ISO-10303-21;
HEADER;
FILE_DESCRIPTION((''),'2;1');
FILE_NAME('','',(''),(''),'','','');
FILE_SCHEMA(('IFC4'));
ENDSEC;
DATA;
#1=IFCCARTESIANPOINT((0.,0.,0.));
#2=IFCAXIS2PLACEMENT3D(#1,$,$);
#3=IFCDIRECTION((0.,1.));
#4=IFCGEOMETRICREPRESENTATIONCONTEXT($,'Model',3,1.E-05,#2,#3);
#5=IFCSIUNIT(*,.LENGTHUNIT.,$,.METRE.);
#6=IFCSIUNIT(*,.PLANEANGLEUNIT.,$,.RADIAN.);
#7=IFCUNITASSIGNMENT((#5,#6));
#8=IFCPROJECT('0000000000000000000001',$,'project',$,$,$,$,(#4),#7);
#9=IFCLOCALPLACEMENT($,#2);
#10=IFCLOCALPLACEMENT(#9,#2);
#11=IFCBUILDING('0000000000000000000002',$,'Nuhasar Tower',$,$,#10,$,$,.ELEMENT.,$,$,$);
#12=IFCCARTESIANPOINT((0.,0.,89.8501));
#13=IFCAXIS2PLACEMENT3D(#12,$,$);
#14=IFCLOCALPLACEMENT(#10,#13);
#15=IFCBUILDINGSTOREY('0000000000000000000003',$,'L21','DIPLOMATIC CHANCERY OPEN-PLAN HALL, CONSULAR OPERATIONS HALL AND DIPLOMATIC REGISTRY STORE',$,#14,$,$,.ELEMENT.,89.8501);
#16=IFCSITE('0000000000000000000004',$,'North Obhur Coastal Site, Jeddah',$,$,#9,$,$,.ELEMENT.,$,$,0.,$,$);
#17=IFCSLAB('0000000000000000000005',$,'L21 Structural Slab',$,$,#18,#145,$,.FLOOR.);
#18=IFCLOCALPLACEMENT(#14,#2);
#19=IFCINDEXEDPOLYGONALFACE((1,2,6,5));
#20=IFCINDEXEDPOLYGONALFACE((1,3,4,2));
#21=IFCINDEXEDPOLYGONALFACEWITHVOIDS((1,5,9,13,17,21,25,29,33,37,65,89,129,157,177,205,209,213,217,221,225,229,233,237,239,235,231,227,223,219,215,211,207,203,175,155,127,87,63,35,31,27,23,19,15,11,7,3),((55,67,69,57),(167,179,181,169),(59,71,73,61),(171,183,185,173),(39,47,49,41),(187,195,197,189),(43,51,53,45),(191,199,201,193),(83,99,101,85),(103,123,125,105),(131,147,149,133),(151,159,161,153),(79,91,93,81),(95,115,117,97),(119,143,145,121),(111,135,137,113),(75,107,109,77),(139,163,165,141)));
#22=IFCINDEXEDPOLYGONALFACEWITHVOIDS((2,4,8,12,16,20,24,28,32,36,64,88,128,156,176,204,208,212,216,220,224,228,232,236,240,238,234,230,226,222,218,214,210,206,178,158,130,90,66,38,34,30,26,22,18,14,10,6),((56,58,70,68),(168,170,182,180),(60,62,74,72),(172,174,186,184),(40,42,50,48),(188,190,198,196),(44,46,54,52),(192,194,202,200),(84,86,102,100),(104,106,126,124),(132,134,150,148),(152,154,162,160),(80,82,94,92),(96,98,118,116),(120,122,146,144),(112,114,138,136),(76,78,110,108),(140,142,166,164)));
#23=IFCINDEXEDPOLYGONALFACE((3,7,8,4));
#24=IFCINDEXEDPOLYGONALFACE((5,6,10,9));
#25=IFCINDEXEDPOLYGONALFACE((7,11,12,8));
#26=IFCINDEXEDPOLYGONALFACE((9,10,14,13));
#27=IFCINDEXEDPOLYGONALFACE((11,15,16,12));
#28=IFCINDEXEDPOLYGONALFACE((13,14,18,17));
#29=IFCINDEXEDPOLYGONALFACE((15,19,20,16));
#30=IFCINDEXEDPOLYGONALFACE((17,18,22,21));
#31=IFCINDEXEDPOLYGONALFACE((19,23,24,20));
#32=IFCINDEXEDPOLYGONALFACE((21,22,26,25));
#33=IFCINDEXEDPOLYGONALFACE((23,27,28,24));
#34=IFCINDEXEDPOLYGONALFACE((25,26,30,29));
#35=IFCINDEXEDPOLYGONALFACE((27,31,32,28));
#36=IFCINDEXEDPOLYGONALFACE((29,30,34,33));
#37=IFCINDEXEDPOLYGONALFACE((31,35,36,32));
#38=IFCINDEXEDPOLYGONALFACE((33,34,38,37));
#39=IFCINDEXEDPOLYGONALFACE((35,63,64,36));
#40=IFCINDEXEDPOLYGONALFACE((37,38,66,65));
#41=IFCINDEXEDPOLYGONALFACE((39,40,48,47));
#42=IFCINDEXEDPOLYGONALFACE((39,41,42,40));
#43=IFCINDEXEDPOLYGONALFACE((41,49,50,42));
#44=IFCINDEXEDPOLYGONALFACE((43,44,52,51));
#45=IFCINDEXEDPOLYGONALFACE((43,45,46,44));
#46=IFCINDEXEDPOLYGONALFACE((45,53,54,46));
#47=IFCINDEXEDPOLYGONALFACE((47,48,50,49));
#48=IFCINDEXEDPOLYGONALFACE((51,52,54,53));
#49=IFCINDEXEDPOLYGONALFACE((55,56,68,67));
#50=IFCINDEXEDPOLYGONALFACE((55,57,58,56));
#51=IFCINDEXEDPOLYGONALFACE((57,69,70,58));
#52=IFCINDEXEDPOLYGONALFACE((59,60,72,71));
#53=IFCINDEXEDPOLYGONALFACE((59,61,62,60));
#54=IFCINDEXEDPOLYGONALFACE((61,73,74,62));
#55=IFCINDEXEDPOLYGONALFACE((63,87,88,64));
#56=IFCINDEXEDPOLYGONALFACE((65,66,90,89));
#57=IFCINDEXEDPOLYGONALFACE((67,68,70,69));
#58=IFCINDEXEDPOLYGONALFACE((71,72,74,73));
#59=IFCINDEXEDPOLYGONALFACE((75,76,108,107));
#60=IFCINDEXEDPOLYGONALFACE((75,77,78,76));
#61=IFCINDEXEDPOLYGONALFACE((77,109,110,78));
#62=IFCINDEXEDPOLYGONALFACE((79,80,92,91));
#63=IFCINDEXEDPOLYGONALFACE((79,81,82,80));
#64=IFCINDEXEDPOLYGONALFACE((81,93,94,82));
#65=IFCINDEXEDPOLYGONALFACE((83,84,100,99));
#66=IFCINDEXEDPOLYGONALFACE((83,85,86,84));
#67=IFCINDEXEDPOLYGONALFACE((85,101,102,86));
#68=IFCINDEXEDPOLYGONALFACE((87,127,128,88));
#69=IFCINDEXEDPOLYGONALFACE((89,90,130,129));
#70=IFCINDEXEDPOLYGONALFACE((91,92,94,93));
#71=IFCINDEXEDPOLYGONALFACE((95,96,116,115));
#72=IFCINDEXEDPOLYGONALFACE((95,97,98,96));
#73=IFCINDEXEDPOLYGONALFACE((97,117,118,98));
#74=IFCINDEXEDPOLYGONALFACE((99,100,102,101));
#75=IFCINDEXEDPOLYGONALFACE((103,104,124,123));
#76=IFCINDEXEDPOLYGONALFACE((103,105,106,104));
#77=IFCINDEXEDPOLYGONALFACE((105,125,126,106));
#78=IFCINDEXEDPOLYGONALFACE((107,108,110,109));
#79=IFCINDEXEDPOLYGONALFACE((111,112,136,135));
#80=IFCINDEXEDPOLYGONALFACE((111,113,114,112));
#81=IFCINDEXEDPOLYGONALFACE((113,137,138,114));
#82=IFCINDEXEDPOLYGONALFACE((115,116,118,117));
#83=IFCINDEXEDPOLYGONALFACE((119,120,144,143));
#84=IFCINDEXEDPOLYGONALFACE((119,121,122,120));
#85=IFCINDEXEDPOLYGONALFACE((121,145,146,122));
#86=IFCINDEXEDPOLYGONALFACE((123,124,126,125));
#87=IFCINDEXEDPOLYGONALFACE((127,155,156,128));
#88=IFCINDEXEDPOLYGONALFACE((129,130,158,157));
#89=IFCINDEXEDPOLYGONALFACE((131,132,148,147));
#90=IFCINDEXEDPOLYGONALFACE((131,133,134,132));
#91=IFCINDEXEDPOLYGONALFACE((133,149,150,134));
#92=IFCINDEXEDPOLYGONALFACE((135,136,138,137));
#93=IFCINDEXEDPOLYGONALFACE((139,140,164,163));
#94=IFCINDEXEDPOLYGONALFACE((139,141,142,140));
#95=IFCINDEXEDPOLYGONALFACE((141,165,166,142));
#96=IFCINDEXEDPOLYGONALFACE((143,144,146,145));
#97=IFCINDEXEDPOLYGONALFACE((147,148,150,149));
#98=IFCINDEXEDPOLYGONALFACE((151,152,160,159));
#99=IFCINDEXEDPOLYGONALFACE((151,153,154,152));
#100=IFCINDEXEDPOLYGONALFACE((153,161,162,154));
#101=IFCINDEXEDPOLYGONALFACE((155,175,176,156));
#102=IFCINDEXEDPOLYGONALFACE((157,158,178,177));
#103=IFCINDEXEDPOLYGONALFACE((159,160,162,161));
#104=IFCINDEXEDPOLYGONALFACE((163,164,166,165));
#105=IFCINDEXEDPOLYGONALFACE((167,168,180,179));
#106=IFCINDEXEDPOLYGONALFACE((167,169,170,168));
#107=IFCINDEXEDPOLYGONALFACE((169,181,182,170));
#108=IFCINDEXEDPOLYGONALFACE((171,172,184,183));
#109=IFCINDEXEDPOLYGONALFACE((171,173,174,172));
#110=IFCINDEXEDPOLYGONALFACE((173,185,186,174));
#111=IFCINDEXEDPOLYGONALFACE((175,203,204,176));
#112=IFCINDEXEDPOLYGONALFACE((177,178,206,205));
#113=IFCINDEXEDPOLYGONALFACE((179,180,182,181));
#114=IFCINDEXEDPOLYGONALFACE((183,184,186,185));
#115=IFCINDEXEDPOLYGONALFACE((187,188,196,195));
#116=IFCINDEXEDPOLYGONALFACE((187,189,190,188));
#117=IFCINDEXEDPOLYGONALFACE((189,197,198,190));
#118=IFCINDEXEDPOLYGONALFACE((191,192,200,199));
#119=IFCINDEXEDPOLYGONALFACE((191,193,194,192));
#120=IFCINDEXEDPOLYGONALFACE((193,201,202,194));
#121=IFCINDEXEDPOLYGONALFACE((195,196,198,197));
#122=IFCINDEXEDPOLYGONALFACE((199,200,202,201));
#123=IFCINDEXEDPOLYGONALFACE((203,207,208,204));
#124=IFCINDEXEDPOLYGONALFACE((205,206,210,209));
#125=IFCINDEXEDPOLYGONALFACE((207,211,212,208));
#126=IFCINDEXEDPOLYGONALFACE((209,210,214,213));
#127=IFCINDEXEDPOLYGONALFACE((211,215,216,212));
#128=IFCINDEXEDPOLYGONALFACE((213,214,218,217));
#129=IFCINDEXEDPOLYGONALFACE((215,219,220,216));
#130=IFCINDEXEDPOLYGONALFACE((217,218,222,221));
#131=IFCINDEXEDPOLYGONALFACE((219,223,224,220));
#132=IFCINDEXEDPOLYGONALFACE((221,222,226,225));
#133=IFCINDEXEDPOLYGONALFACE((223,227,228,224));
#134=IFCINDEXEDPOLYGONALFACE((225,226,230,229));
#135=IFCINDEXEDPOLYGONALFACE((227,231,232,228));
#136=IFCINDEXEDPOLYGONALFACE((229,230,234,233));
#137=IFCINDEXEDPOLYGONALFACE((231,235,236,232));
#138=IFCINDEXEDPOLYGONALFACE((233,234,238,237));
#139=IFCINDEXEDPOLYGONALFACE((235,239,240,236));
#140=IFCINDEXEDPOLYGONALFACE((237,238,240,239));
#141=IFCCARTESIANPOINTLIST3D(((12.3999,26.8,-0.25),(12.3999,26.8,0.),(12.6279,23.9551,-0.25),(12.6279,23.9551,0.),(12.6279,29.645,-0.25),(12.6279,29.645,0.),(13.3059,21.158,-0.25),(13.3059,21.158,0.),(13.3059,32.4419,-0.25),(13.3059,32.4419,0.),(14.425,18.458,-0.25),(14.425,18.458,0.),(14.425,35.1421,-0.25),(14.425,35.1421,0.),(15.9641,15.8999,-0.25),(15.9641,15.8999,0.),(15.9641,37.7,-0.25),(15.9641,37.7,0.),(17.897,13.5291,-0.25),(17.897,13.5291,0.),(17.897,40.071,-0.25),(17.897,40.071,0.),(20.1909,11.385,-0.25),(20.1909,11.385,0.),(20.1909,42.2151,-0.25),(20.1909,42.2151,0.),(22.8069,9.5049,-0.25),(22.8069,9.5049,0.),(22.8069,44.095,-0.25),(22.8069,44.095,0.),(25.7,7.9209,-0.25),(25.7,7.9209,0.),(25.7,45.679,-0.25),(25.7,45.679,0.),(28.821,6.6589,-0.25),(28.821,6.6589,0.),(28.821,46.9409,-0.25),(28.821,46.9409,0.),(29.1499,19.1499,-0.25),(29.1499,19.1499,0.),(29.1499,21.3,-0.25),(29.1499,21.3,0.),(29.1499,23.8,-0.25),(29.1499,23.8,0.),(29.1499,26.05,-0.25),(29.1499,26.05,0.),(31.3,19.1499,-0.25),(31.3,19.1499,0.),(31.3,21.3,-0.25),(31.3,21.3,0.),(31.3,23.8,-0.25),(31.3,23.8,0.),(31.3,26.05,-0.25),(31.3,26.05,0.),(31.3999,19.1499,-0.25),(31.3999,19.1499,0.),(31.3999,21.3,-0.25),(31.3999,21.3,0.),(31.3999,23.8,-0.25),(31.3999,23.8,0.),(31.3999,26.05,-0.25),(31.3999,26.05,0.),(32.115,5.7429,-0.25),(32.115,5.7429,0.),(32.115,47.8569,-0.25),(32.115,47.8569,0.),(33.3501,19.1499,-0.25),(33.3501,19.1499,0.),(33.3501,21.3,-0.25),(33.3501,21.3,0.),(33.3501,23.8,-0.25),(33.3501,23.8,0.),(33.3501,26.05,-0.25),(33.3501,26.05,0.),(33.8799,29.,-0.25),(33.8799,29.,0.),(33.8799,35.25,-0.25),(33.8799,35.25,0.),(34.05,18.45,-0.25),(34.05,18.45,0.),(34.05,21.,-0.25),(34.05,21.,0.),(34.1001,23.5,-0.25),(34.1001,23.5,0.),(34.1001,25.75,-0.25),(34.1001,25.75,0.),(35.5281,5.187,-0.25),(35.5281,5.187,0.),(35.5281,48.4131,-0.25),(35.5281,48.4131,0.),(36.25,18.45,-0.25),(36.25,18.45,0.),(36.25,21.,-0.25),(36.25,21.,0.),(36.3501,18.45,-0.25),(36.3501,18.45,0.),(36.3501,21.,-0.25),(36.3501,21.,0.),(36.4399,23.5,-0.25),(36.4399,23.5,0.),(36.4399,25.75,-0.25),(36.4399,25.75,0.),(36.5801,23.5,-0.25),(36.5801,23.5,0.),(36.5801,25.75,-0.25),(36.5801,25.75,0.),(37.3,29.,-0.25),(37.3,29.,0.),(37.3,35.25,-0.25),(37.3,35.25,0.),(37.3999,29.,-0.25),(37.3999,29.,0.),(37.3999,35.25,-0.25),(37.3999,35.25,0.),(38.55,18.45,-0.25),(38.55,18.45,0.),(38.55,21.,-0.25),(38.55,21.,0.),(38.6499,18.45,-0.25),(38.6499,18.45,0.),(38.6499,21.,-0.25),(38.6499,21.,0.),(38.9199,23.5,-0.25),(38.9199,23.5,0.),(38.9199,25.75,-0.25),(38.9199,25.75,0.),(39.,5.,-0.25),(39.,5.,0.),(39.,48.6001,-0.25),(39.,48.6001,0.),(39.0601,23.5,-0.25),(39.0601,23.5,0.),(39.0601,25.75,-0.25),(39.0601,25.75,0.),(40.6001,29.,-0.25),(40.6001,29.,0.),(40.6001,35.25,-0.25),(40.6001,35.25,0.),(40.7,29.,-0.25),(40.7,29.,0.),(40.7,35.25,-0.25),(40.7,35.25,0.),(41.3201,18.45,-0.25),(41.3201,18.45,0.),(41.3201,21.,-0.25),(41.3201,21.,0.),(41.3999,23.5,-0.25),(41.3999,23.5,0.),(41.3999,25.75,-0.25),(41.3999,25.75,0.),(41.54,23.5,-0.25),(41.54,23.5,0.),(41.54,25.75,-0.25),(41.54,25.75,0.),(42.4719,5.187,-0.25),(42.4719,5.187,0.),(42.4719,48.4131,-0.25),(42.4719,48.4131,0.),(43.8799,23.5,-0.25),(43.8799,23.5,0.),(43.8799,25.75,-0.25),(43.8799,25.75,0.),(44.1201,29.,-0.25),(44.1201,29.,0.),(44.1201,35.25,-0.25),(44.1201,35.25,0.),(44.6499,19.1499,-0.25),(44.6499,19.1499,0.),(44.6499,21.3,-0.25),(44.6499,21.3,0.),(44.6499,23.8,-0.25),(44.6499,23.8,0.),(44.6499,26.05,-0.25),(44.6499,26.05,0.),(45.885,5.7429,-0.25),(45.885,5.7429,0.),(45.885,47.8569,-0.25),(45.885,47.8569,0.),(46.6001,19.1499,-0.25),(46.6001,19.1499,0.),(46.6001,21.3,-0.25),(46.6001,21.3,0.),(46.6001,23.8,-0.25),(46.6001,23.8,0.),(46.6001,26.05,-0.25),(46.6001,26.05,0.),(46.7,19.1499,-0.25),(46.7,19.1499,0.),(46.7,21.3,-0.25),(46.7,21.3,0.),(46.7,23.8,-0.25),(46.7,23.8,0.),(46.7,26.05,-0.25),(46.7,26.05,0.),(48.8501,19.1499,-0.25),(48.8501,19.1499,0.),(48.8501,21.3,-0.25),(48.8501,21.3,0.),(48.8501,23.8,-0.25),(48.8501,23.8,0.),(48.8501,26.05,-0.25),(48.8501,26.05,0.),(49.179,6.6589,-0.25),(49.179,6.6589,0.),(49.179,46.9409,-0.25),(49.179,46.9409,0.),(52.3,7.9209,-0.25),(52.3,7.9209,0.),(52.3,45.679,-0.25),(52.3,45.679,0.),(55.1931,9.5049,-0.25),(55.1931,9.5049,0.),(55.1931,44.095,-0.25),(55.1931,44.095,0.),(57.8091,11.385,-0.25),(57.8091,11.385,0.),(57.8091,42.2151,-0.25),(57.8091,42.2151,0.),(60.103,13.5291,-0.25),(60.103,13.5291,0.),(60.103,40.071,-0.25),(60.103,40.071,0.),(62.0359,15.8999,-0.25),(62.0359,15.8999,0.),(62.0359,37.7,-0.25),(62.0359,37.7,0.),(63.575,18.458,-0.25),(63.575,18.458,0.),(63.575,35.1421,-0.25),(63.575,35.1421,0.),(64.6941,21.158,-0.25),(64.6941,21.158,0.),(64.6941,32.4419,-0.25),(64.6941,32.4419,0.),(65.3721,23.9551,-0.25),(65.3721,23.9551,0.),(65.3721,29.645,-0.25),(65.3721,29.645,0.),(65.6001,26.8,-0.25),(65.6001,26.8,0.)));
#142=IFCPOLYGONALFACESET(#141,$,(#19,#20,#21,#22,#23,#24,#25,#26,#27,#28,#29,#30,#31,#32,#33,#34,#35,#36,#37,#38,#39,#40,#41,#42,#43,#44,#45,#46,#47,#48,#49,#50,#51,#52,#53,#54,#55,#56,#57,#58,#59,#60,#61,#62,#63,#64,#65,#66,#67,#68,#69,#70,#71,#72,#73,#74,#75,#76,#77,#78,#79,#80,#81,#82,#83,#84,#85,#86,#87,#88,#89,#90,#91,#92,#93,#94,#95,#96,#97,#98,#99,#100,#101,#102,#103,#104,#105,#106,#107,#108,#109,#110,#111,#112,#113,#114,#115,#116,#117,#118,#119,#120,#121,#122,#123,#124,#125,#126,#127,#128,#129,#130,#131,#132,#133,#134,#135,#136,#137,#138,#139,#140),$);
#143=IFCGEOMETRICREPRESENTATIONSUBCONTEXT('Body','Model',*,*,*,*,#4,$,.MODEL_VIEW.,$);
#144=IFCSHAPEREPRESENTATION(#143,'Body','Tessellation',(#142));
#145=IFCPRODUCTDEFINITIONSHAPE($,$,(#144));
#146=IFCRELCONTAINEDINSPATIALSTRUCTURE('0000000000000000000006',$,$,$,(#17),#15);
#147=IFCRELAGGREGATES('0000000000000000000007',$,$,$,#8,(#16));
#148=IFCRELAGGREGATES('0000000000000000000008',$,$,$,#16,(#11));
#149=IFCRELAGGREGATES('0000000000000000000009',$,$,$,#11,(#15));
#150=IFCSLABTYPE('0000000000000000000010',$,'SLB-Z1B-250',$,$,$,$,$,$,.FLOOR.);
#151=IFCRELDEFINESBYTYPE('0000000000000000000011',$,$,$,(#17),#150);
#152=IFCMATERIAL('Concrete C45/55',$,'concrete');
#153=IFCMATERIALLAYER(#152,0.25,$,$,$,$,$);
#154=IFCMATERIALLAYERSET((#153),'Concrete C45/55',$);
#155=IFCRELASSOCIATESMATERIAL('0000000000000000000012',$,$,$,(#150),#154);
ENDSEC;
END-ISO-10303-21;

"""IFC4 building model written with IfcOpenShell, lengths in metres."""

from ifc_helpers import new_model, si_unit, direction, frame, origin, place, context, subcontext, project, spatial, polyline, outline, extrude, material, layer, layer_set, type_object, element, save


model = new_model("IFC4")

# Units and contexts
model_context = context("Model", 3, precision=1e-05, world=origin(), true_north=direction((0.0, 1.0)))
body_context = subcontext(model_context, "Body", "Model", "MODEL_VIEW")
ifc_project = project(units=[si_unit("LENGTHUNIT", "METRE"), si_unit("PLANEANGLEUNIT", "RADIAN")], contexts=[model_context])

# Site, building, storey
site_placement = place(None, origin())
site = spatial("IfcSite", under=ifc_project, at=site_placement, Name="North Obhur Coastal Site, Jeddah", CompositionType="ELEMENT", RefElevation=0.0)
building_placement = place(site_placement, origin())
building = spatial("IfcBuilding", under=site, at=building_placement, Name="Nuhasar Tower", CompositionType="ELEMENT")
storey_placement = place(building_placement, frame((0.0, 0.0, 89.8501)))
storey = spatial("IfcBuildingStorey", under=building, at=storey_placement, Name="L21", Description="DIPLOMATIC CHANCERY OPEN-PLAN HALL, CONSULAR OPERATIONS HALL AND DIPLOMATIC REGISTRY STORE", CompositionType="ELEMENT", Elevation=89.8501)

# Shared definitions
ifc_material_1 = material(Name="Concrete C45/55", Category="concrete")

# Slab
ifc_layer_1 = layer(ifc_material_1, 0.25)
ifc_layer_set_1 = layer_set([ifc_layer_1], Name="Concrete C45/55")
slab_type_1 = type_object("IfcSlabType", Name="SLB-Z1B-250", PredefinedType="FLOOR", material=ifc_layer_set_1)
slab_1_placement = place(storey_placement, frame((0.0, 0.0, -0.25)))
element("IfcSlab", 1, at=slab_1_placement, inside=storey, type_object=slab_type_1, Name="L21 Structural Slab", PredefinedType="FLOOR", context=body_context, shape_type="SweptSolid", body=[
    extrude(outline(polyline([(65.6001, 26.8), (65.3721, 29.645), (64.6941, 32.4419), (63.575, 35.1421), (62.0359, 37.7), (60.103, 40.071), (57.8091, 42.2151), (55.1931, 44.095), (52.3, 45.679), (49.179, 46.9409), (45.885, 47.8569), (42.4719, 48.4131), (39.0, 48.6001), (35.5281, 48.4131), (32.115, 47.8569), (28.821, 46.9409), (25.7, 45.679), (22.8069, 44.095), (20.1909, 42.2151), (17.897, 40.071), (15.9641, 37.7), (14.425, 35.1421), (13.3059, 32.4419), (12.6279, 29.645), (12.3999, 26.8), (12.6279, 23.9551), (13.3059, 21.158), (14.425, 18.458), (15.9641, 15.8999), (17.897, 13.5291), (20.1909, 11.385), (22.8069, 9.5049), (25.7, 7.9209), (28.821, 6.6589), (32.115, 5.7429), (35.5281, 5.187), (39.0, 5.0), (42.4719, 5.187), (45.885, 5.7429), (49.179, 6.6589), (52.3, 7.9209), (55.1931, 9.5049), (57.8091, 11.385), (60.103, 13.5291), (62.0359, 15.8999), (63.575, 18.458), (64.6941, 21.158), (65.3721, 23.9551), (65.6001, 26.8)]), holes=[polyline([(33.8799, 35.25), (37.3, 35.25), (37.3, 29.0), (33.8799, 29.0), (33.8799, 35.25)]), polyline([(37.3999, 35.25), (40.6001, 35.25), (40.6001, 29.0), (37.3999, 29.0), (37.3999, 35.25)]), polyline([(40.7, 35.25), (44.1201, 35.25), (44.1201, 29.0), (40.7, 29.0), (40.7, 35.25)]), polyline([(29.1499, 26.05), (31.3, 26.05), (31.3, 23.8), (29.1499, 23.8), (29.1499, 26.05)]), polyline([(31.3999, 26.05), (33.3501, 26.05), (33.3501, 23.8), (31.3999, 23.8), (31.3999, 26.05)]), polyline([(29.1499, 21.3), (31.3, 21.3), (31.3, 19.1499), (29.1499, 19.1499), (29.1499, 21.3)]), polyline([(31.3999, 21.3), (33.3501, 21.3), (33.3501, 19.1499), (31.3999, 19.1499), (31.3999, 21.3)]), polyline([(44.6499, 26.05), (46.6001, 26.05), (46.6001, 23.8), (44.6499, 23.8), (44.6499, 26.05)]), polyline([(46.7, 26.05), (48.8501, 26.05), (48.8501, 23.8), (46.7, 23.8), (46.7, 26.05)]), polyline([(44.6499, 21.3), (46.6001, 21.3), (46.6001, 19.1499), (44.6499, 19.1499), (44.6499, 21.3)]), polyline([(46.7, 21.3), (48.8501, 21.3), (48.8501, 19.1499), (46.7, 19.1499), (46.7, 21.3)]), polyline([(34.1001, 25.75), (36.4399, 25.75), (36.4399, 23.5), (34.1001, 23.5), (34.1001, 25.75)]), polyline([(36.5801, 25.75), (38.9199, 25.75), (38.9199, 23.5), (36.5801, 23.5), (36.5801, 25.75)]), polyline([(39.0601, 25.75), (41.3999, 25.75), (41.3999, 23.5), (39.0601, 23.5), (39.0601, 25.75)]), polyline([(41.54, 25.75), (43.8799, 25.75), (43.8799, 23.5), (41.54, 23.5), (41.54, 25.75)]), polyline([(34.05, 21.0), (36.25, 21.0), (36.25, 18.45), (34.05, 18.45), (34.05, 21.0)]), polyline([(36.3501, 21.0), (38.55, 21.0), (38.55, 18.45), (36.3501, 18.45), (36.3501, 21.0)]), polyline([(38.6499, 21.0), (41.3201, 21.0), (41.3201, 18.45), (38.6499, 18.45), (38.6499, 21.0)])]), origin(), (0.0, 0.0, 1.0), 0.25),
])

save(model, "model.ifc")
